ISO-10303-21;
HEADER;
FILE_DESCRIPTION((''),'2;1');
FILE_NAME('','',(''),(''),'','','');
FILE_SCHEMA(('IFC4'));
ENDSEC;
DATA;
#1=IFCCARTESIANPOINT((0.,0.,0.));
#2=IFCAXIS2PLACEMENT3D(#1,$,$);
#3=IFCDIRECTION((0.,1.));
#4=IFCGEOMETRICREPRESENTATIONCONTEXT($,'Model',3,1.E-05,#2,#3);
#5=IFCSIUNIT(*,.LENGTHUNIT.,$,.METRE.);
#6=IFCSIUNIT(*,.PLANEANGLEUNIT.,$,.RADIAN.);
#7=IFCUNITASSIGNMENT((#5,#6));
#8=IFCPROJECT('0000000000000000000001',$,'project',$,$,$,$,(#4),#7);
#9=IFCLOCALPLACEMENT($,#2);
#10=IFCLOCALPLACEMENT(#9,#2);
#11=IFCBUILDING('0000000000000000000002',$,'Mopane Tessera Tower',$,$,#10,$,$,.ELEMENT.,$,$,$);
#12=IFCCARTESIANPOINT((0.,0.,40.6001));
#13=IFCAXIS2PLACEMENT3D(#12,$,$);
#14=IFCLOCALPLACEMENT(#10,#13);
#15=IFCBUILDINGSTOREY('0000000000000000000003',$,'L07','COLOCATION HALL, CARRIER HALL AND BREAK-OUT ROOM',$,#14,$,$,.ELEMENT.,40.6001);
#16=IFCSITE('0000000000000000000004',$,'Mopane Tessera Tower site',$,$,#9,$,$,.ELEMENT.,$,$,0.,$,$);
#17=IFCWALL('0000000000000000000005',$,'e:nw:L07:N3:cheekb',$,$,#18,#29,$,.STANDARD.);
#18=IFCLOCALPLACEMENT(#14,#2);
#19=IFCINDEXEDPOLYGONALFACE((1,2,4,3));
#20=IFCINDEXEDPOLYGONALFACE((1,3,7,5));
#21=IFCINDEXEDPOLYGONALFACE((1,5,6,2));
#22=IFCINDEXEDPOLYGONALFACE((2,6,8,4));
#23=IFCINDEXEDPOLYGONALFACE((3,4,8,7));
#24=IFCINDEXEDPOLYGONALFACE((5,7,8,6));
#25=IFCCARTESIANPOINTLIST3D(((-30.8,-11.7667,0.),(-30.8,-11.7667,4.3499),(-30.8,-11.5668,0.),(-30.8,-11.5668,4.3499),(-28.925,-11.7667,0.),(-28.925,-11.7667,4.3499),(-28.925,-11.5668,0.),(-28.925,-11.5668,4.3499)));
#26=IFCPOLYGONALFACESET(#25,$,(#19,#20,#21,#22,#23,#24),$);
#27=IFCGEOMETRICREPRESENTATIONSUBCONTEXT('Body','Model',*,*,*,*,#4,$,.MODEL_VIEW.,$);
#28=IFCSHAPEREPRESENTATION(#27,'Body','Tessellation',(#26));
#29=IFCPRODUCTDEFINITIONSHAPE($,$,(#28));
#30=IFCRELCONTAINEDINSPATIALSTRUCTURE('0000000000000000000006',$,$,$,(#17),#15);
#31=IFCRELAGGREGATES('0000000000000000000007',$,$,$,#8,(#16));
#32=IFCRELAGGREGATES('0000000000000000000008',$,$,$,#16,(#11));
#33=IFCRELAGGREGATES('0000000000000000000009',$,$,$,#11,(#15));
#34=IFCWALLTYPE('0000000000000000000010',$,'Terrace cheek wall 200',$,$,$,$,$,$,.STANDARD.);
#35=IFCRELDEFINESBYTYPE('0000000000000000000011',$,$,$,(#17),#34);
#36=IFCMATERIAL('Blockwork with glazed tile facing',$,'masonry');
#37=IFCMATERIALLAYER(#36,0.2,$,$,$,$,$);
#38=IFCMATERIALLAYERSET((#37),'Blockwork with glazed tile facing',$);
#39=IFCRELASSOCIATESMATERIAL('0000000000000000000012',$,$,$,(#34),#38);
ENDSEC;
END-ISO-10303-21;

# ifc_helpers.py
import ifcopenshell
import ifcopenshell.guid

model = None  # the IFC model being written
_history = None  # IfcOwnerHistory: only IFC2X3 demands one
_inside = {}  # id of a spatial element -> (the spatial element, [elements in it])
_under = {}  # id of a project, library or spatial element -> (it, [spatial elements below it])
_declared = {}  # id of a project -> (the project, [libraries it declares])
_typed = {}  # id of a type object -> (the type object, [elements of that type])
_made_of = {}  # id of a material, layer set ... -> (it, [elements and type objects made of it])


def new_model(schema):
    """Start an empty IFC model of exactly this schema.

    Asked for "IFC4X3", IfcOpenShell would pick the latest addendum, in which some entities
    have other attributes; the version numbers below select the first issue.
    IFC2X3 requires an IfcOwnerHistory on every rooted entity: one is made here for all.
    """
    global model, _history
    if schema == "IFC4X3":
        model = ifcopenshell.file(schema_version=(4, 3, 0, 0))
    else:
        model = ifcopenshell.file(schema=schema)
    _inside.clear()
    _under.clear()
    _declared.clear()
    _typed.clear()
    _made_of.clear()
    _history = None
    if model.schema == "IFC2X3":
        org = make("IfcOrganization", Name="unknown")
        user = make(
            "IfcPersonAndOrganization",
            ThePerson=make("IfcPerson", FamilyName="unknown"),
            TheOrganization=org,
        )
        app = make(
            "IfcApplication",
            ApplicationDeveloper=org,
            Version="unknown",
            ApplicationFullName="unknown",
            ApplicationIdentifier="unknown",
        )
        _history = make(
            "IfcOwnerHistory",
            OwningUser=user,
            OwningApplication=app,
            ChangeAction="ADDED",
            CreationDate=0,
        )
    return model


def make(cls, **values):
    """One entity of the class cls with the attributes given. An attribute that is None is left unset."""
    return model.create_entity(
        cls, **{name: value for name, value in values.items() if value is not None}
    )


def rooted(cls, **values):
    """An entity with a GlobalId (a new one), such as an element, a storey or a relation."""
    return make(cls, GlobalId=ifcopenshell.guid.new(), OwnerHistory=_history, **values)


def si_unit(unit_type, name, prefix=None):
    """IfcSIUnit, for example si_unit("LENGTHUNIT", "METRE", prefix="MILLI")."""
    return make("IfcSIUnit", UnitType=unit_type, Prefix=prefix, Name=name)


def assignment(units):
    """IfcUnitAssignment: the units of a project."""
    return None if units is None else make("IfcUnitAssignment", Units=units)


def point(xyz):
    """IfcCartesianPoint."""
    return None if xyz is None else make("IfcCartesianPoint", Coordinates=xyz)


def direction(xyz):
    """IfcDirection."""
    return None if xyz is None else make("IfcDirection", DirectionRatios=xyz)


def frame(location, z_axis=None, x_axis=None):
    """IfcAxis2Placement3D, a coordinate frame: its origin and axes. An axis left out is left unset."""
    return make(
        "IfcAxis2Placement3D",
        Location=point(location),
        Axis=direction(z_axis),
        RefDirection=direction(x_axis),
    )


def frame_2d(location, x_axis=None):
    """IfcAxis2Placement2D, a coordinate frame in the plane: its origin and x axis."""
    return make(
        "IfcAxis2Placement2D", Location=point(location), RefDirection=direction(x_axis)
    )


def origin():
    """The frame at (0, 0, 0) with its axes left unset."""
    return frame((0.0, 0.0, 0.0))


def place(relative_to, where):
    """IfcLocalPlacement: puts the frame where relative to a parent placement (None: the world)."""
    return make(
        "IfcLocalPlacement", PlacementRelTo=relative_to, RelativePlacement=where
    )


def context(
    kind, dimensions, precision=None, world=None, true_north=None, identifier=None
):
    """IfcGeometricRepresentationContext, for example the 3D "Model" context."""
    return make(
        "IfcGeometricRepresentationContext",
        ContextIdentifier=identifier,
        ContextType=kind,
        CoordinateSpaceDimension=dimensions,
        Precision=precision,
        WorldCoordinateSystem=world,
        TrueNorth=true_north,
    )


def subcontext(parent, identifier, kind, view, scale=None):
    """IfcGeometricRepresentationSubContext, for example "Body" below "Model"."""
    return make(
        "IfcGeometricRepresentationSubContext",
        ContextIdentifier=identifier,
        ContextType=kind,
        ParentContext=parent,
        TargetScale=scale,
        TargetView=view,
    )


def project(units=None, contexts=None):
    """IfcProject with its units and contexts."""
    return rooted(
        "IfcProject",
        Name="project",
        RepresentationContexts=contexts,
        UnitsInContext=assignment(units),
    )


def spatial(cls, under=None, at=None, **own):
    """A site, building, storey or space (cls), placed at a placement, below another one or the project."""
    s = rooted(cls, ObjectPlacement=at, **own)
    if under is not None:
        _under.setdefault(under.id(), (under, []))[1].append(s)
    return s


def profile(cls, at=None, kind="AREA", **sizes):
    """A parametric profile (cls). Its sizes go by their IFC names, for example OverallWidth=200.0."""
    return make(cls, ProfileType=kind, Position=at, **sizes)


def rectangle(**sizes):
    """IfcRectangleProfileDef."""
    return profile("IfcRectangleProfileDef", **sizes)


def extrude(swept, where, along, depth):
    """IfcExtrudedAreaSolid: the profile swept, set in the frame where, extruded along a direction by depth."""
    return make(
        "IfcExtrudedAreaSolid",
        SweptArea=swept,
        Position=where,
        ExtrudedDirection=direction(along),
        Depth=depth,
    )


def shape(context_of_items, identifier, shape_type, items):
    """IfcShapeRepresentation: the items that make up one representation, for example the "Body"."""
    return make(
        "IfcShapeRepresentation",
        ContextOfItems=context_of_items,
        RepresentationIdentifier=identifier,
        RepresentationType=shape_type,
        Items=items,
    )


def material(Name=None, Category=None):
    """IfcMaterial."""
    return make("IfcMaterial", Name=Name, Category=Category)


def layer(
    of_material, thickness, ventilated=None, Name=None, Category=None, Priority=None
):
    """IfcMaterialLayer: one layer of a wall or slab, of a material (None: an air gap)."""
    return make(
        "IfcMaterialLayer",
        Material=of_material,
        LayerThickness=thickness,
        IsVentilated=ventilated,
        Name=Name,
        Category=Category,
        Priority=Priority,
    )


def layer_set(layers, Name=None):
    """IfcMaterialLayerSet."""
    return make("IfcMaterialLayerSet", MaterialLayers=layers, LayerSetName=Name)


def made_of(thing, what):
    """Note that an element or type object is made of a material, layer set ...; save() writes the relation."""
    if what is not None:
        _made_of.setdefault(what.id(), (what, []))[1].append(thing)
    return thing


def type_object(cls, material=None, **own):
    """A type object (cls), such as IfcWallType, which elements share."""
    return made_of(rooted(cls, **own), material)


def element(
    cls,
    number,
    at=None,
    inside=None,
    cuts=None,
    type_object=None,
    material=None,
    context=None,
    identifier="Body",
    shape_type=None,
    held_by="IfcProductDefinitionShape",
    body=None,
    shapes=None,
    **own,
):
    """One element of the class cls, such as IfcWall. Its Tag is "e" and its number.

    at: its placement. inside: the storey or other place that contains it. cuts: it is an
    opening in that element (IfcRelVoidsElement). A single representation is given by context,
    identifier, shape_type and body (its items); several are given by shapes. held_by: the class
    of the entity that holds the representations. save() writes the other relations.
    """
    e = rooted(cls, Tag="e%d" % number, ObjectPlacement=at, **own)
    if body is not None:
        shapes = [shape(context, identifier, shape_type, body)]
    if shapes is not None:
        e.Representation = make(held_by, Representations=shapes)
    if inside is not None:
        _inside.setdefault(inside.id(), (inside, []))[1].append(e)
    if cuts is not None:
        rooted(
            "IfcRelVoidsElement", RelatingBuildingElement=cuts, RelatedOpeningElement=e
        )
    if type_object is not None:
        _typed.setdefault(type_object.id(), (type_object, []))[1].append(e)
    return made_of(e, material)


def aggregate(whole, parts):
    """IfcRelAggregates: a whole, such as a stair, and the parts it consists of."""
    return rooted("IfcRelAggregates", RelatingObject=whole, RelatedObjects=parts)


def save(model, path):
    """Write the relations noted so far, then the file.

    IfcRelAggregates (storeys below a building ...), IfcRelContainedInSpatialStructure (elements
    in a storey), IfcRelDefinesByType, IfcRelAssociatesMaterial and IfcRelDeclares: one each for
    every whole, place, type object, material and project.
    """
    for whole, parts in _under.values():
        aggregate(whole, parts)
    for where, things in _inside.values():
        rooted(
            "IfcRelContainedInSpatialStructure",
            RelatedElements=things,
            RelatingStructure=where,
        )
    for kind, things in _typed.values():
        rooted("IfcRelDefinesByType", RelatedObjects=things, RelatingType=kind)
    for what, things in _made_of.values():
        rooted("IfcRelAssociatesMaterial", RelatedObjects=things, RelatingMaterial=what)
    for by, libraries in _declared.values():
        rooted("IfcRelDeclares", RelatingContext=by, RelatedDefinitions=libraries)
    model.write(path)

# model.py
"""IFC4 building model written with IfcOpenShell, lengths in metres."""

from ifc_helpers import new_model, si_unit, direction, frame, frame_2d, origin, place, context, subcontext, project, spatial, rectangle, extrude, material, layer, layer_set, type_object, element, save


model = new_model("IFC4")

# Units and contexts
model_context = context("Model", 3, precision=1e-05, world=origin(), true_north=direction((0.0, 1.0)))
body_context = subcontext(model_context, "Body", "Model", "MODEL_VIEW")
ifc_project = project(units=[si_unit("LENGTHUNIT", "METRE"), si_unit("PLANEANGLEUNIT", "RADIAN")], contexts=[model_context])

# Site, building, storey
site_placement = place(None, origin())
site = spatial("IfcSite", under=ifc_project, at=site_placement, Name="Mopane Tessera Tower site", CompositionType="ELEMENT", RefElevation=0.0)
building_placement = place(site_placement, origin())
building = spatial("IfcBuilding", under=site, at=building_placement, Name="Mopane Tessera Tower", CompositionType="ELEMENT")
storey_placement = place(building_placement, frame((0.0, 0.0, 40.6001)))
storey = spatial("IfcBuildingStorey", under=building, at=storey_placement, Name="L07", Description="COLOCATION HALL, CARRIER HALL AND BREAK-OUT ROOM", CompositionType="ELEMENT", Elevation=40.6001)

# Wall
ifc_material_1 = material(Name="Blockwork with glazed tile facing", Category="masonry")
ifc_layer_1 = layer(ifc_material_1, 0.2)
ifc_layer_set_1 = layer_set([ifc_layer_1], Name="Blockwork with glazed tile facing")
wall_type_1 = type_object("IfcWallType", Name="Terrace cheek wall 200", PredefinedType="STANDARD", material=ifc_layer_set_1)
wall_1_placement = place(storey_placement, frame((-30.8, -11.6667, 0.0), z_axis=(0.0, 0.0, 1.0), x_axis=(1.0, 0.0, 0.0)))
element("IfcWall", 1, at=wall_1_placement, inside=storey, type_object=wall_type_1, Name="e:nw:L07:N3:cheekb", PredefinedType="STANDARD", context=body_context, shape_type="SweptSolid", body=[
    extrude(rectangle(XDim=1.875, YDim=0.2, at=frame_2d((0.9375, 0.0))), origin(), (0.0, 0.0, 1.0), 4.3499),
])

save(model, "model.ifc")
